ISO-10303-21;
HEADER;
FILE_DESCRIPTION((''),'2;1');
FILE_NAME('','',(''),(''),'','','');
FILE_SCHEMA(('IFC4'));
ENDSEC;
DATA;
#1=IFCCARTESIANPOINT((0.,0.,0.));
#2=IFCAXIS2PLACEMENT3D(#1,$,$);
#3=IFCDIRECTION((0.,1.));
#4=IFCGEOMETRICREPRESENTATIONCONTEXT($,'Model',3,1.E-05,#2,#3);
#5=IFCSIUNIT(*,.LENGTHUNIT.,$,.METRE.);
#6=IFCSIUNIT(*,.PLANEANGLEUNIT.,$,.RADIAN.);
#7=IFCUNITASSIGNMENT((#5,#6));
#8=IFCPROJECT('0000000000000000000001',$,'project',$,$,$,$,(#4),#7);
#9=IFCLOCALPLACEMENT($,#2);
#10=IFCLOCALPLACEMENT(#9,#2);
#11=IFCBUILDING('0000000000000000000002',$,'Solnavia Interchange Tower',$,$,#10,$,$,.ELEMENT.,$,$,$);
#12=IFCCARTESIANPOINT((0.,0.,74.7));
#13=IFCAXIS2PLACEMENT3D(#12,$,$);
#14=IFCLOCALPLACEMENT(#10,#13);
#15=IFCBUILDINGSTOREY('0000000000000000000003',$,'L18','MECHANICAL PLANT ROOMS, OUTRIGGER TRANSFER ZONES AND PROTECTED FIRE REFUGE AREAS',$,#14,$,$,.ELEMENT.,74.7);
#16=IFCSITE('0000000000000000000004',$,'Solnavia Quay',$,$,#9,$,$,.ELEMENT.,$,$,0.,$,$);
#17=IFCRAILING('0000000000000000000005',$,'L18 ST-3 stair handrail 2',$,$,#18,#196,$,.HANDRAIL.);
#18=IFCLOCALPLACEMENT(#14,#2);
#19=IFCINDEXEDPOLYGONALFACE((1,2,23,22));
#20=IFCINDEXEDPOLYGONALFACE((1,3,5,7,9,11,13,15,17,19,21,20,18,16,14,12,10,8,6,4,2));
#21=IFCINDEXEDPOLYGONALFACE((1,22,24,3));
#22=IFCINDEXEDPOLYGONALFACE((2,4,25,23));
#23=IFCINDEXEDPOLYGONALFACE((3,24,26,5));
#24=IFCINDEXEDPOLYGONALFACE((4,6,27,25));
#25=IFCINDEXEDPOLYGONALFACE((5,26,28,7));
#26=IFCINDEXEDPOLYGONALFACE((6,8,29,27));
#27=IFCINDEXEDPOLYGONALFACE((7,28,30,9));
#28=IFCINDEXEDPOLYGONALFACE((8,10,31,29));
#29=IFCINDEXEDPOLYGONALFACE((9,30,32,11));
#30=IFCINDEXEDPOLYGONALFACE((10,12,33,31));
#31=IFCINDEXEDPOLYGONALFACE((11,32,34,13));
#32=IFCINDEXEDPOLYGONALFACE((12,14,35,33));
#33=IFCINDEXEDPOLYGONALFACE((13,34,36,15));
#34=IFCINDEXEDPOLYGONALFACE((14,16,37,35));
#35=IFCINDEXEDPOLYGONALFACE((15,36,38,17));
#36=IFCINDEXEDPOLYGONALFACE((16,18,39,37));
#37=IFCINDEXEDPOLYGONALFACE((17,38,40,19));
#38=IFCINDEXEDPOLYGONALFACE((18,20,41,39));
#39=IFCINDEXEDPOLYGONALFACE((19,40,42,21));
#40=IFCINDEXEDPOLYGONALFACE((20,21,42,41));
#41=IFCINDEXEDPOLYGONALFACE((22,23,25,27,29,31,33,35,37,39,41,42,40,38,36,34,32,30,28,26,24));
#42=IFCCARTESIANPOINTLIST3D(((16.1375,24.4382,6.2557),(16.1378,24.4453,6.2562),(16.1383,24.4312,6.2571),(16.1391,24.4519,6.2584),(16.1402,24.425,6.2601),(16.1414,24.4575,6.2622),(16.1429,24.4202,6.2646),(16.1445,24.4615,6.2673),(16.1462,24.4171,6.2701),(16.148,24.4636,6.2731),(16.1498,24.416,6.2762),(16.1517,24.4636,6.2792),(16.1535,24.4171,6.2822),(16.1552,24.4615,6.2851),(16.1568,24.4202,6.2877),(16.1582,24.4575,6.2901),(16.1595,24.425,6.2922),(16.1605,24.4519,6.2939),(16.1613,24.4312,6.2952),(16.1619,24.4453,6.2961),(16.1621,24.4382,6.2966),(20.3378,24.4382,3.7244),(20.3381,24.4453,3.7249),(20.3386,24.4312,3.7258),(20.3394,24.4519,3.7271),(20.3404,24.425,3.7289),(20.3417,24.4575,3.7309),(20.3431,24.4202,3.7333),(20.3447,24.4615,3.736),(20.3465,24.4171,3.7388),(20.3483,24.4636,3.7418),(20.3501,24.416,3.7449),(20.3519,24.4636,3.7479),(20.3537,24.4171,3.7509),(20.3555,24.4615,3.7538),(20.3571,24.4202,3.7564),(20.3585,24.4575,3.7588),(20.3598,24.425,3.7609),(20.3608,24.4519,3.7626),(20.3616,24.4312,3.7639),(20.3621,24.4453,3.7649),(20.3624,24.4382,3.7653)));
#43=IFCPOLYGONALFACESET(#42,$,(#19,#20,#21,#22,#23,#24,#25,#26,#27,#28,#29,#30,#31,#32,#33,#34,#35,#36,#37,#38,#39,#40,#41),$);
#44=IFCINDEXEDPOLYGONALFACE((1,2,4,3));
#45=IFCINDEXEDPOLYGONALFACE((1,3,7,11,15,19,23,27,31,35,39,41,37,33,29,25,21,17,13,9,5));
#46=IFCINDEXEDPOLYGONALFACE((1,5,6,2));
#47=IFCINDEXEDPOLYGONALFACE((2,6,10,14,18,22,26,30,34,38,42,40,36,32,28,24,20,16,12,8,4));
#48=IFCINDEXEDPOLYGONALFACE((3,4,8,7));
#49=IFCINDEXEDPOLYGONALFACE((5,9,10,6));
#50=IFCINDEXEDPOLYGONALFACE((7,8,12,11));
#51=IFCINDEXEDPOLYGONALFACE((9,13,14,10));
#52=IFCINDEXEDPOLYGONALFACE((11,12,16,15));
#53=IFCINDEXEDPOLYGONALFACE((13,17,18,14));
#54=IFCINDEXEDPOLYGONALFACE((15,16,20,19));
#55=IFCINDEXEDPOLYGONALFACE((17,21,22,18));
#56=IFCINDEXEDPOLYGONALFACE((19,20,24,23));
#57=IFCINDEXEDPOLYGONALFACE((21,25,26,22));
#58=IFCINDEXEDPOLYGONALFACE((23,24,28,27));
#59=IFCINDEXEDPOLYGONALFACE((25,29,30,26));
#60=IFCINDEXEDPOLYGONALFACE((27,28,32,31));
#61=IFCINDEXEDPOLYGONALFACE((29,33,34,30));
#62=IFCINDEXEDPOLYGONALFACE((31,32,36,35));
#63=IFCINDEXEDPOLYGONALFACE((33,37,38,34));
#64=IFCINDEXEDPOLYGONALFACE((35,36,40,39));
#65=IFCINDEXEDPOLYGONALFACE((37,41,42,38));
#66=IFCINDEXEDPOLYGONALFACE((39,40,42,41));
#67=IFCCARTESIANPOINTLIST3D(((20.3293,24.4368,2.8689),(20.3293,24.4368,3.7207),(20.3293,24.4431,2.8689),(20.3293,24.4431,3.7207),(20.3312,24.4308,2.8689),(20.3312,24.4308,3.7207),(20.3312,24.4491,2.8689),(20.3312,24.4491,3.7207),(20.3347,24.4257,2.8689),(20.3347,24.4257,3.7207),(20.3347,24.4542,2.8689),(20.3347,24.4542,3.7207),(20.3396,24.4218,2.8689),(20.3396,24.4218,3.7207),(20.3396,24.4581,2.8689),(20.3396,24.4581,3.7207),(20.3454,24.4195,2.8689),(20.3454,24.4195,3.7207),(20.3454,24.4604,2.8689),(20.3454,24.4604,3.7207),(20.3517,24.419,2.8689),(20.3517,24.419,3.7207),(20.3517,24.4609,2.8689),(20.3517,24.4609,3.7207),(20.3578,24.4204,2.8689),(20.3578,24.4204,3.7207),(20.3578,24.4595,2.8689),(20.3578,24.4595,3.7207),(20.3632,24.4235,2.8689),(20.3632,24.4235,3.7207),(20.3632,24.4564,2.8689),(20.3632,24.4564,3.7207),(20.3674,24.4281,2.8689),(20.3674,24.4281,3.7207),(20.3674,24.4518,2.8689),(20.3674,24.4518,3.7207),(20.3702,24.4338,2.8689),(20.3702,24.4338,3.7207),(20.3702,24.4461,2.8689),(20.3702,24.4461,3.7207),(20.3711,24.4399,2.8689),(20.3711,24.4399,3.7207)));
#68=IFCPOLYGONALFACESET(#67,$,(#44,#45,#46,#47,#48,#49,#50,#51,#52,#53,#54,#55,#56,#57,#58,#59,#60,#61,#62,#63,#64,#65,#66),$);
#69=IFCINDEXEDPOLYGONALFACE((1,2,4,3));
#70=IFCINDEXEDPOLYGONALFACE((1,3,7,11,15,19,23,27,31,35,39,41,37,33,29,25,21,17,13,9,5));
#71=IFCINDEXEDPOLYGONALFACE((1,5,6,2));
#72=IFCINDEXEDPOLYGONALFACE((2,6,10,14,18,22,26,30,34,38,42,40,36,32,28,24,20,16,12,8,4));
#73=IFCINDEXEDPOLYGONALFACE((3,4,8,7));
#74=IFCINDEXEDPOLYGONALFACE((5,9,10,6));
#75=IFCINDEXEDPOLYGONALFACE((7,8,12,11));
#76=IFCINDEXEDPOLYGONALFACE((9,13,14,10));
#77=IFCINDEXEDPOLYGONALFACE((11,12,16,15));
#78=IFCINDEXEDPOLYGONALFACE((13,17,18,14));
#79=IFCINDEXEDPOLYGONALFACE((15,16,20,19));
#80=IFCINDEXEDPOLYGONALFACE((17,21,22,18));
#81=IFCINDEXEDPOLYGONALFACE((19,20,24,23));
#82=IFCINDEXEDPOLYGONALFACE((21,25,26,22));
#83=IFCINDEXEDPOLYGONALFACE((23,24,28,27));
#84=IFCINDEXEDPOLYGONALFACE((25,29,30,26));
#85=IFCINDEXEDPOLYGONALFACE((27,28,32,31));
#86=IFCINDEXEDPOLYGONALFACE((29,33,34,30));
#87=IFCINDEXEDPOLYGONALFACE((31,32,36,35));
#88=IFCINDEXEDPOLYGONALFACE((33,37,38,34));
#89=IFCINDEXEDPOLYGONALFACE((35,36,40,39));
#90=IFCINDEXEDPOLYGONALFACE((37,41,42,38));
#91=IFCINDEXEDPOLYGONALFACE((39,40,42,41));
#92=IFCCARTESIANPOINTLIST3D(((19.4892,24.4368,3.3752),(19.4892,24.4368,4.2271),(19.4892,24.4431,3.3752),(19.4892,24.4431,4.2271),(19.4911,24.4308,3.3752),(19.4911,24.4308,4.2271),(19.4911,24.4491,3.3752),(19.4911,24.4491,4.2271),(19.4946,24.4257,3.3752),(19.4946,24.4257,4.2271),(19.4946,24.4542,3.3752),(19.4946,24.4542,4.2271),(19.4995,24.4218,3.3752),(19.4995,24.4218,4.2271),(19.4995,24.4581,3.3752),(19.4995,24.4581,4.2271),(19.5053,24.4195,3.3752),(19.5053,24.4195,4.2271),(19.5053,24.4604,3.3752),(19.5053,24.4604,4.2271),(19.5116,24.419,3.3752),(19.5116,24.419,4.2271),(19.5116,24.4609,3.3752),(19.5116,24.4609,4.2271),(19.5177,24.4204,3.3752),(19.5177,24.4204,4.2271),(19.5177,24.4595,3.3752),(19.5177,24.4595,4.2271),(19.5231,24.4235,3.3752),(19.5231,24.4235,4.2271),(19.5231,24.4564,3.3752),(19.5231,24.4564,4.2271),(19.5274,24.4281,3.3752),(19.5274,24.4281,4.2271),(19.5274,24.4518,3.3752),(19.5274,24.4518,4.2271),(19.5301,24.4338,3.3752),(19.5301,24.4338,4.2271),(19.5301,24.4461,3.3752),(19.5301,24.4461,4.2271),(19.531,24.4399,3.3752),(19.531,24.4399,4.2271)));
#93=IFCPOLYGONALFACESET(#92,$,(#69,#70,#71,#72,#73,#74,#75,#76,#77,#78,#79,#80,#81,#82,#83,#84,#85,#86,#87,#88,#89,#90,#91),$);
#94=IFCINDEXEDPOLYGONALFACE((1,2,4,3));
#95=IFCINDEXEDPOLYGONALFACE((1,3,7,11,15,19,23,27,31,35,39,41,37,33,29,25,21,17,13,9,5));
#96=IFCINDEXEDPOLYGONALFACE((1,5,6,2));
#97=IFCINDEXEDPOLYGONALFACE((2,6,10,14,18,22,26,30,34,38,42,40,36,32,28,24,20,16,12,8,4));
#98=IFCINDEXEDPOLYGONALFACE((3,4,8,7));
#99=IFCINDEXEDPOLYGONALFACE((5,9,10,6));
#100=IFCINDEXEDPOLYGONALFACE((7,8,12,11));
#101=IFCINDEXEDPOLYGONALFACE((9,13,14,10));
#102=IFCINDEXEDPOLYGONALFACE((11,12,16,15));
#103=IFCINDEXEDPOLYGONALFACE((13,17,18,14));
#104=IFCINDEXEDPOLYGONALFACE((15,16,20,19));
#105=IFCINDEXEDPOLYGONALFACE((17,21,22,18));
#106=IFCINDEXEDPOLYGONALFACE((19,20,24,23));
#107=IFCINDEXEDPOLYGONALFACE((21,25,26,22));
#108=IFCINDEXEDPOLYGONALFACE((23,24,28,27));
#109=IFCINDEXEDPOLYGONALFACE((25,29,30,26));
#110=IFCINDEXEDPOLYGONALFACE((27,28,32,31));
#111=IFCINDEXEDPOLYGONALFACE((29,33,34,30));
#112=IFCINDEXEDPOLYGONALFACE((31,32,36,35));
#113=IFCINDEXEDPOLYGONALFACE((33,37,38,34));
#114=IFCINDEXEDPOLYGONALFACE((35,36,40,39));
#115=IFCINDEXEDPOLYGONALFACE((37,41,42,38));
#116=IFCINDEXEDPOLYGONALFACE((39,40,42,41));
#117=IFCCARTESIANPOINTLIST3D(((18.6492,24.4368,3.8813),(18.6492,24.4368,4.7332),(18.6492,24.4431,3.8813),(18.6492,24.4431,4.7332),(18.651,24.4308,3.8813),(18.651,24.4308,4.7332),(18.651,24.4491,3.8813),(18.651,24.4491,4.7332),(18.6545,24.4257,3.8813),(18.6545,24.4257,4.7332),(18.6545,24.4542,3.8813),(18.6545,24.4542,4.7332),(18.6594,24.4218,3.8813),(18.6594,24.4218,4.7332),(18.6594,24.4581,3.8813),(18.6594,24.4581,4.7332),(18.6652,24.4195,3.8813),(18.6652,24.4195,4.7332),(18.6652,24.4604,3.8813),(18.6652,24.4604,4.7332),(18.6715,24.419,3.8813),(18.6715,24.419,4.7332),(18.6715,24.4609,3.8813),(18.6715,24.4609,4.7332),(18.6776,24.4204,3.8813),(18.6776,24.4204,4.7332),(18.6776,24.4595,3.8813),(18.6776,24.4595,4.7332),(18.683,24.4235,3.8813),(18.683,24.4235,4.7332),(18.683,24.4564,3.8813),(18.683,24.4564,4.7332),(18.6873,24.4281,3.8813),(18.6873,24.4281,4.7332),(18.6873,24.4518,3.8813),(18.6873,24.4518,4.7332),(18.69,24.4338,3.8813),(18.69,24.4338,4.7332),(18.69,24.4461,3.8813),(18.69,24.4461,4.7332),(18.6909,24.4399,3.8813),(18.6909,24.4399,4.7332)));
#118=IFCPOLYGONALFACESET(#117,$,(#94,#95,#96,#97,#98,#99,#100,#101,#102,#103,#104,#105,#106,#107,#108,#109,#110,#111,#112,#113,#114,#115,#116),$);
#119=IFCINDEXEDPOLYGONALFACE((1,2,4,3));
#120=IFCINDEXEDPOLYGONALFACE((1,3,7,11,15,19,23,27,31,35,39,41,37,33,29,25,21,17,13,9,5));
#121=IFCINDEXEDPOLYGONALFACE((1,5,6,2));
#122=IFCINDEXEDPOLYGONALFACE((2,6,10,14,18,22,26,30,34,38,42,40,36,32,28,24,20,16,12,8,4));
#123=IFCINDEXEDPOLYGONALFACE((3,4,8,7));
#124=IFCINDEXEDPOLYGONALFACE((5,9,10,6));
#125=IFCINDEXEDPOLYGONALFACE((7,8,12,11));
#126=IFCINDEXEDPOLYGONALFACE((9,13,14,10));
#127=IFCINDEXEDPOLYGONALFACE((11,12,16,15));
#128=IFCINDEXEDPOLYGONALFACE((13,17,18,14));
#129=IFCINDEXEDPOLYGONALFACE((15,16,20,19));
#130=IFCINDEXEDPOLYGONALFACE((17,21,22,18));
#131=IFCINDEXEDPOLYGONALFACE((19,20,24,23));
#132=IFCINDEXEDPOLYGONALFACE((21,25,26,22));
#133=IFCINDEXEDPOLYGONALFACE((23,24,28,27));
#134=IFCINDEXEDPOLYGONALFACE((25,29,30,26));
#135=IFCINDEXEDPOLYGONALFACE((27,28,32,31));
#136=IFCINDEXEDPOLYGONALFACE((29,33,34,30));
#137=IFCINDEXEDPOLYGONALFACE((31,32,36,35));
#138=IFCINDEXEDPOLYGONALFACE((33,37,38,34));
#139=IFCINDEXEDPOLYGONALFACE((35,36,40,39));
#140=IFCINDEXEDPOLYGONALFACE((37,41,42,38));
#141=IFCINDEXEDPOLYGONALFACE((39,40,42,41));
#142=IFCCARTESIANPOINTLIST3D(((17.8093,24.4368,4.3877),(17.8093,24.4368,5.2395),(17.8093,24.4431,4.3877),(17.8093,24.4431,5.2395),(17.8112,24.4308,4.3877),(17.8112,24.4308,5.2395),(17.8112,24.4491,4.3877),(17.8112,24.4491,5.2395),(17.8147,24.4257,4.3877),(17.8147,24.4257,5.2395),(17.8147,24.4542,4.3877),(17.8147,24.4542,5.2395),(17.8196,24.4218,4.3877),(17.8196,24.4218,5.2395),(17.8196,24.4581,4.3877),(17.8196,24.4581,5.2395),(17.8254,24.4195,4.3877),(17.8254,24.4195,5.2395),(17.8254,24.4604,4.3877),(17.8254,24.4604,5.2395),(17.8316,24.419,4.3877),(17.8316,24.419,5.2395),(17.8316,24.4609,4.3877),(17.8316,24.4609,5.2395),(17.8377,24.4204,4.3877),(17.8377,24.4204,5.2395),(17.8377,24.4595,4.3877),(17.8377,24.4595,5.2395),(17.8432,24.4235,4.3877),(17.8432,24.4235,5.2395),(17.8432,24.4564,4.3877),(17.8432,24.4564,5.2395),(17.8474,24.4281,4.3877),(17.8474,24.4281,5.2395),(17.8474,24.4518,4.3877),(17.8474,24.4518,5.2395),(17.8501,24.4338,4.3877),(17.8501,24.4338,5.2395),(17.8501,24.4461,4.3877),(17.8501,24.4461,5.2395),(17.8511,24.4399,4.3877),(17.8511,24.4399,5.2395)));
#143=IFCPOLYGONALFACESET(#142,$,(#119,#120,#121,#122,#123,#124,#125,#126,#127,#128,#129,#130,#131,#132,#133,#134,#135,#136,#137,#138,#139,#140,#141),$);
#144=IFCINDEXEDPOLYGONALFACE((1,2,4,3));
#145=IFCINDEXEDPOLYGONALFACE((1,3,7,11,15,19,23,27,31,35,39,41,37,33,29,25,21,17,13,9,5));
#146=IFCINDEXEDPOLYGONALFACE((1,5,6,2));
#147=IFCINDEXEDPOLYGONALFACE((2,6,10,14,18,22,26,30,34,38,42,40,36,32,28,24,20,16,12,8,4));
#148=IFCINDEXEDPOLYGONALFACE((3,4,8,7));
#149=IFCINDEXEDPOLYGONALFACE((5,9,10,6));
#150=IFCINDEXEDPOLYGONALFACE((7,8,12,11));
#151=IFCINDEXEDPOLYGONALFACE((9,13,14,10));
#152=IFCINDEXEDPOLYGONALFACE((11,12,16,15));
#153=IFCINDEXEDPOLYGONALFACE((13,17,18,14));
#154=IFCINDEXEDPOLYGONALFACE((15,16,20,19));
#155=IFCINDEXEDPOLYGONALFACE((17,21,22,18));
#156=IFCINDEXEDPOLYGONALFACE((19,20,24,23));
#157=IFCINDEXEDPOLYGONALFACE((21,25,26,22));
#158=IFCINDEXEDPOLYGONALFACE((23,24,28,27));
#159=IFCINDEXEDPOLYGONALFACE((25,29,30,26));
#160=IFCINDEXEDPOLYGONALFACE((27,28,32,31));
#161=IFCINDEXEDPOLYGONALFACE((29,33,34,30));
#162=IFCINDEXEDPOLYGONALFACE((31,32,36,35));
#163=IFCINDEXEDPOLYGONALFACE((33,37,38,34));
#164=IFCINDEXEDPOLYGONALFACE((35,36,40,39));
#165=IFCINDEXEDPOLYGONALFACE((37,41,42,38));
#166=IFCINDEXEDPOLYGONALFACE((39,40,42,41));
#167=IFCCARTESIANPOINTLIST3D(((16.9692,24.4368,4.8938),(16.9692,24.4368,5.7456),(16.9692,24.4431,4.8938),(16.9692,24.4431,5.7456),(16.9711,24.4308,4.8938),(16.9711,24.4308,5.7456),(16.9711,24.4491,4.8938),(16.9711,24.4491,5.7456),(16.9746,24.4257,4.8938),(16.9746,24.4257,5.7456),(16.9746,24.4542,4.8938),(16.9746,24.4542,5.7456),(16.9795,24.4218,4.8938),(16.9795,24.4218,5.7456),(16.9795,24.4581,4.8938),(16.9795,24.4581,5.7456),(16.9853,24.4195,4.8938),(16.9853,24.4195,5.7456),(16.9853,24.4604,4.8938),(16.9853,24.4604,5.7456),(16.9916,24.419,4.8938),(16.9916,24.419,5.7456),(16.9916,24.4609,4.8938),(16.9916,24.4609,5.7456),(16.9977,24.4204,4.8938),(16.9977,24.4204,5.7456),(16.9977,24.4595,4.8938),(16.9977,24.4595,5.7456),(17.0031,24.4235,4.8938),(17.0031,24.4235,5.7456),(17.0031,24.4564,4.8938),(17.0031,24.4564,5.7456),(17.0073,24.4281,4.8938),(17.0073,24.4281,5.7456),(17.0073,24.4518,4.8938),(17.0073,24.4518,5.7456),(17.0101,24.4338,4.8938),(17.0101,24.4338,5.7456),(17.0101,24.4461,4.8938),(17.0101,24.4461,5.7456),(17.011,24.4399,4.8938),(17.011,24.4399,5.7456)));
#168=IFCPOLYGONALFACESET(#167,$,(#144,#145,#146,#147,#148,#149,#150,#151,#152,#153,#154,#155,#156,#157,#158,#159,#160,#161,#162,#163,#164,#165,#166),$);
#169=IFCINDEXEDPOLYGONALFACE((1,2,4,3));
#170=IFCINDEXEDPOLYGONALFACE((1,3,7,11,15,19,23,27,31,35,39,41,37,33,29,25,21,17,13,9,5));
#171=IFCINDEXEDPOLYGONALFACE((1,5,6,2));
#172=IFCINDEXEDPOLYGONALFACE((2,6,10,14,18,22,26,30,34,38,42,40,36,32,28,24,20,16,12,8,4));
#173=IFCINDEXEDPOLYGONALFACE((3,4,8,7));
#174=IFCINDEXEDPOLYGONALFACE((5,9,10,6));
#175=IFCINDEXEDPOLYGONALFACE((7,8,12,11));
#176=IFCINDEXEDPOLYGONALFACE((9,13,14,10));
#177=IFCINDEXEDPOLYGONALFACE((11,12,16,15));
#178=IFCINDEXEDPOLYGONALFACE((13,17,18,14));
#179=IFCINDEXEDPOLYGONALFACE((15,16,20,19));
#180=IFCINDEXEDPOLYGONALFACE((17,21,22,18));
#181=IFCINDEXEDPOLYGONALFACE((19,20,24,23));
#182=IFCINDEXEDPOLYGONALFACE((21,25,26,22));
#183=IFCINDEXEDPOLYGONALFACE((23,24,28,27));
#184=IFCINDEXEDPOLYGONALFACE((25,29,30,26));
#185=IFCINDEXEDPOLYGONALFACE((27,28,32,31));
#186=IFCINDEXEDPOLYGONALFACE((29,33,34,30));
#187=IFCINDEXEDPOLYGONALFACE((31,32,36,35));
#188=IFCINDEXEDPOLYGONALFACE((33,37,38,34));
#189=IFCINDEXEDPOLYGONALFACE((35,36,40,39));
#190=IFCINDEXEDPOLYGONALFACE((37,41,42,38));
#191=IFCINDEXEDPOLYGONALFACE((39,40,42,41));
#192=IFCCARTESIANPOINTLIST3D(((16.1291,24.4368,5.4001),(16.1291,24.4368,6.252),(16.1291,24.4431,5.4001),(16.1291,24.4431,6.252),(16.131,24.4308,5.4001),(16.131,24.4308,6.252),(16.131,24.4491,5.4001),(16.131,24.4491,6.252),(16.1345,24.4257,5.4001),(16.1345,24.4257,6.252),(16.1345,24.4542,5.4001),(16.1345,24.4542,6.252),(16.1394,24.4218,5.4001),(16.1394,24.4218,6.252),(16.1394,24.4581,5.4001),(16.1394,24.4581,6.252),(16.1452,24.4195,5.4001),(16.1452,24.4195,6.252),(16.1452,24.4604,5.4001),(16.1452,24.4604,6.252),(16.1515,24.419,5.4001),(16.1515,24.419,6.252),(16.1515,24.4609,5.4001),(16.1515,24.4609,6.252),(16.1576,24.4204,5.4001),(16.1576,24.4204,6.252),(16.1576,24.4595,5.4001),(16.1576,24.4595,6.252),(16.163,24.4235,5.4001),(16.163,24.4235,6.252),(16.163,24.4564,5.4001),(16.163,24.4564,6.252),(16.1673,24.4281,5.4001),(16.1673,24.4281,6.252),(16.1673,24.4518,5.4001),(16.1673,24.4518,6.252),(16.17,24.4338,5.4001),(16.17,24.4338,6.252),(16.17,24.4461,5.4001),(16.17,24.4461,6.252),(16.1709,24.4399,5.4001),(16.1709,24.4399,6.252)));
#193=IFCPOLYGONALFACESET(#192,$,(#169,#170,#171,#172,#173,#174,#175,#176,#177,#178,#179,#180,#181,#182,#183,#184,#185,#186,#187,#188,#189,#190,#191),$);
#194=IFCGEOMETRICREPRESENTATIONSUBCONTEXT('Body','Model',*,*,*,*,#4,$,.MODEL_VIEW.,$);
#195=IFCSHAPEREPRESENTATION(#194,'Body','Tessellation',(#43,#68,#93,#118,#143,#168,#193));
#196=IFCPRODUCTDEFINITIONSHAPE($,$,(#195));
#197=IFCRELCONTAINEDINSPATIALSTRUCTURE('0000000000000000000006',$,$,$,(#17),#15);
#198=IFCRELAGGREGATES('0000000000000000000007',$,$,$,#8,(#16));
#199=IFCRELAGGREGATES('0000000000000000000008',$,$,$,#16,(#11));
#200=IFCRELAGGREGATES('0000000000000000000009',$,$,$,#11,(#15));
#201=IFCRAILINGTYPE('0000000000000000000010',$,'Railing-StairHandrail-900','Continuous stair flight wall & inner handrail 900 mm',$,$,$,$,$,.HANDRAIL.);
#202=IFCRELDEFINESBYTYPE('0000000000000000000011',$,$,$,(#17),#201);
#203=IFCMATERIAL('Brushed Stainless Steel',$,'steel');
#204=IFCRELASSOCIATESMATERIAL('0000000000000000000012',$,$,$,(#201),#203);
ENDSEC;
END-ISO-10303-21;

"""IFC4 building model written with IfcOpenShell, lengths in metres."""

from ifc_helpers import new_model, si_unit, direction, frame, origin, origin_2d, place, context, subcontext, project, spatial, circle, extrude, material, type_object, element, save


model = new_model("IFC4")

# Units and contexts
model_context = context("Model", 3, precision=1e-05, world=origin(), true_north=direction((0.0, 1.0)))
body_context = subcontext(model_context, "Body", "Model", "MODEL_VIEW")
ifc_project = project(units=[si_unit("LENGTHUNIT", "METRE"), si_unit("PLANEANGLEUNIT", "RADIAN")], contexts=[model_context])

# Site, building, storey
site_placement = place(None, origin())
site = spatial("IfcSite", under=ifc_project, at=site_placement, Name="Solnavia Quay", CompositionType="ELEMENT", RefElevation=0.0)
building_placement = place(site_placement, origin())
building = spatial("IfcBuilding", under=site, at=building_placement, Name="Solnavia Interchange Tower", CompositionType="ELEMENT")
storey_placement = place(building_placement, frame((0.0, 0.0, 74.7)))
storey = spatial("IfcBuildingStorey", under=building, at=storey_placement, Name="L18", Description="MECHANICAL PLANT ROOMS, OUTRIGGER TRANSFER ZONES AND PROTECTED FIRE REFUGE AREAS", CompositionType="ELEMENT", Elevation=74.7)

# Railing
ifc_material_1 = material(Name="Brushed Stainless Steel", Category="steel")
railing_type_1 = type_object("IfcRailingType", Name="Railing-StairHandrail-900", Description="Continuous stair flight wall & inner handrail 900 mm", PredefinedType="HANDRAIL", material=ifc_material_1)
railing_1_placement = place(storey_placement, frame((20.3501, 24.4399, 2.8689)))
element("IfcRailing", 1, at=railing_1_placement, inside=storey, type_object=railing_type_1, Name="L18 ST-3 stair handrail 2", PredefinedType="HANDRAIL", context=body_context, shape_type="SweptSolid", body=[
    extrude(circle(Radius=0.0239, at=origin_2d()), frame((0.0, 0.0, 0.876), z_axis=(-0.85649, 0.0, 0.516164), x_axis=(0.0, -1.0, 0.0)), (0.0, 0.0, 1.0), 4.9041),
    extrude(circle(Radius=0.021, at=origin_2d()), origin(), (0.0, 0.0, 1.0), 0.8518),
    extrude(circle(Radius=0.021, at=origin_2d()), frame((-0.8401, 0.0, 0.5063)), (0.0, 0.0, 1.0), 0.8518),
    extrude(circle(Radius=0.021, at=origin_2d()), frame((-1.6802, 0.0, 1.0125)), (0.0, 0.0, 1.0), 0.8518),
    extrude(circle(Radius=0.021, at=origin_2d()), frame((-2.52, 0.0, 1.5188)), (0.0, 0.0, 1.0), 0.8518),
    extrude(circle(Radius=0.021, at=origin_2d()), frame((-3.3601, 0.0, 2.0249)), (0.0, 0.0, 1.0), 0.8518),
    extrude(circle(Radius=0.021, at=origin_2d()), frame((-4.2002, 0.0, 2.5312)), (0.0, 0.0, 1.0), 0.8518),
])

save(model, "model.ifc")
